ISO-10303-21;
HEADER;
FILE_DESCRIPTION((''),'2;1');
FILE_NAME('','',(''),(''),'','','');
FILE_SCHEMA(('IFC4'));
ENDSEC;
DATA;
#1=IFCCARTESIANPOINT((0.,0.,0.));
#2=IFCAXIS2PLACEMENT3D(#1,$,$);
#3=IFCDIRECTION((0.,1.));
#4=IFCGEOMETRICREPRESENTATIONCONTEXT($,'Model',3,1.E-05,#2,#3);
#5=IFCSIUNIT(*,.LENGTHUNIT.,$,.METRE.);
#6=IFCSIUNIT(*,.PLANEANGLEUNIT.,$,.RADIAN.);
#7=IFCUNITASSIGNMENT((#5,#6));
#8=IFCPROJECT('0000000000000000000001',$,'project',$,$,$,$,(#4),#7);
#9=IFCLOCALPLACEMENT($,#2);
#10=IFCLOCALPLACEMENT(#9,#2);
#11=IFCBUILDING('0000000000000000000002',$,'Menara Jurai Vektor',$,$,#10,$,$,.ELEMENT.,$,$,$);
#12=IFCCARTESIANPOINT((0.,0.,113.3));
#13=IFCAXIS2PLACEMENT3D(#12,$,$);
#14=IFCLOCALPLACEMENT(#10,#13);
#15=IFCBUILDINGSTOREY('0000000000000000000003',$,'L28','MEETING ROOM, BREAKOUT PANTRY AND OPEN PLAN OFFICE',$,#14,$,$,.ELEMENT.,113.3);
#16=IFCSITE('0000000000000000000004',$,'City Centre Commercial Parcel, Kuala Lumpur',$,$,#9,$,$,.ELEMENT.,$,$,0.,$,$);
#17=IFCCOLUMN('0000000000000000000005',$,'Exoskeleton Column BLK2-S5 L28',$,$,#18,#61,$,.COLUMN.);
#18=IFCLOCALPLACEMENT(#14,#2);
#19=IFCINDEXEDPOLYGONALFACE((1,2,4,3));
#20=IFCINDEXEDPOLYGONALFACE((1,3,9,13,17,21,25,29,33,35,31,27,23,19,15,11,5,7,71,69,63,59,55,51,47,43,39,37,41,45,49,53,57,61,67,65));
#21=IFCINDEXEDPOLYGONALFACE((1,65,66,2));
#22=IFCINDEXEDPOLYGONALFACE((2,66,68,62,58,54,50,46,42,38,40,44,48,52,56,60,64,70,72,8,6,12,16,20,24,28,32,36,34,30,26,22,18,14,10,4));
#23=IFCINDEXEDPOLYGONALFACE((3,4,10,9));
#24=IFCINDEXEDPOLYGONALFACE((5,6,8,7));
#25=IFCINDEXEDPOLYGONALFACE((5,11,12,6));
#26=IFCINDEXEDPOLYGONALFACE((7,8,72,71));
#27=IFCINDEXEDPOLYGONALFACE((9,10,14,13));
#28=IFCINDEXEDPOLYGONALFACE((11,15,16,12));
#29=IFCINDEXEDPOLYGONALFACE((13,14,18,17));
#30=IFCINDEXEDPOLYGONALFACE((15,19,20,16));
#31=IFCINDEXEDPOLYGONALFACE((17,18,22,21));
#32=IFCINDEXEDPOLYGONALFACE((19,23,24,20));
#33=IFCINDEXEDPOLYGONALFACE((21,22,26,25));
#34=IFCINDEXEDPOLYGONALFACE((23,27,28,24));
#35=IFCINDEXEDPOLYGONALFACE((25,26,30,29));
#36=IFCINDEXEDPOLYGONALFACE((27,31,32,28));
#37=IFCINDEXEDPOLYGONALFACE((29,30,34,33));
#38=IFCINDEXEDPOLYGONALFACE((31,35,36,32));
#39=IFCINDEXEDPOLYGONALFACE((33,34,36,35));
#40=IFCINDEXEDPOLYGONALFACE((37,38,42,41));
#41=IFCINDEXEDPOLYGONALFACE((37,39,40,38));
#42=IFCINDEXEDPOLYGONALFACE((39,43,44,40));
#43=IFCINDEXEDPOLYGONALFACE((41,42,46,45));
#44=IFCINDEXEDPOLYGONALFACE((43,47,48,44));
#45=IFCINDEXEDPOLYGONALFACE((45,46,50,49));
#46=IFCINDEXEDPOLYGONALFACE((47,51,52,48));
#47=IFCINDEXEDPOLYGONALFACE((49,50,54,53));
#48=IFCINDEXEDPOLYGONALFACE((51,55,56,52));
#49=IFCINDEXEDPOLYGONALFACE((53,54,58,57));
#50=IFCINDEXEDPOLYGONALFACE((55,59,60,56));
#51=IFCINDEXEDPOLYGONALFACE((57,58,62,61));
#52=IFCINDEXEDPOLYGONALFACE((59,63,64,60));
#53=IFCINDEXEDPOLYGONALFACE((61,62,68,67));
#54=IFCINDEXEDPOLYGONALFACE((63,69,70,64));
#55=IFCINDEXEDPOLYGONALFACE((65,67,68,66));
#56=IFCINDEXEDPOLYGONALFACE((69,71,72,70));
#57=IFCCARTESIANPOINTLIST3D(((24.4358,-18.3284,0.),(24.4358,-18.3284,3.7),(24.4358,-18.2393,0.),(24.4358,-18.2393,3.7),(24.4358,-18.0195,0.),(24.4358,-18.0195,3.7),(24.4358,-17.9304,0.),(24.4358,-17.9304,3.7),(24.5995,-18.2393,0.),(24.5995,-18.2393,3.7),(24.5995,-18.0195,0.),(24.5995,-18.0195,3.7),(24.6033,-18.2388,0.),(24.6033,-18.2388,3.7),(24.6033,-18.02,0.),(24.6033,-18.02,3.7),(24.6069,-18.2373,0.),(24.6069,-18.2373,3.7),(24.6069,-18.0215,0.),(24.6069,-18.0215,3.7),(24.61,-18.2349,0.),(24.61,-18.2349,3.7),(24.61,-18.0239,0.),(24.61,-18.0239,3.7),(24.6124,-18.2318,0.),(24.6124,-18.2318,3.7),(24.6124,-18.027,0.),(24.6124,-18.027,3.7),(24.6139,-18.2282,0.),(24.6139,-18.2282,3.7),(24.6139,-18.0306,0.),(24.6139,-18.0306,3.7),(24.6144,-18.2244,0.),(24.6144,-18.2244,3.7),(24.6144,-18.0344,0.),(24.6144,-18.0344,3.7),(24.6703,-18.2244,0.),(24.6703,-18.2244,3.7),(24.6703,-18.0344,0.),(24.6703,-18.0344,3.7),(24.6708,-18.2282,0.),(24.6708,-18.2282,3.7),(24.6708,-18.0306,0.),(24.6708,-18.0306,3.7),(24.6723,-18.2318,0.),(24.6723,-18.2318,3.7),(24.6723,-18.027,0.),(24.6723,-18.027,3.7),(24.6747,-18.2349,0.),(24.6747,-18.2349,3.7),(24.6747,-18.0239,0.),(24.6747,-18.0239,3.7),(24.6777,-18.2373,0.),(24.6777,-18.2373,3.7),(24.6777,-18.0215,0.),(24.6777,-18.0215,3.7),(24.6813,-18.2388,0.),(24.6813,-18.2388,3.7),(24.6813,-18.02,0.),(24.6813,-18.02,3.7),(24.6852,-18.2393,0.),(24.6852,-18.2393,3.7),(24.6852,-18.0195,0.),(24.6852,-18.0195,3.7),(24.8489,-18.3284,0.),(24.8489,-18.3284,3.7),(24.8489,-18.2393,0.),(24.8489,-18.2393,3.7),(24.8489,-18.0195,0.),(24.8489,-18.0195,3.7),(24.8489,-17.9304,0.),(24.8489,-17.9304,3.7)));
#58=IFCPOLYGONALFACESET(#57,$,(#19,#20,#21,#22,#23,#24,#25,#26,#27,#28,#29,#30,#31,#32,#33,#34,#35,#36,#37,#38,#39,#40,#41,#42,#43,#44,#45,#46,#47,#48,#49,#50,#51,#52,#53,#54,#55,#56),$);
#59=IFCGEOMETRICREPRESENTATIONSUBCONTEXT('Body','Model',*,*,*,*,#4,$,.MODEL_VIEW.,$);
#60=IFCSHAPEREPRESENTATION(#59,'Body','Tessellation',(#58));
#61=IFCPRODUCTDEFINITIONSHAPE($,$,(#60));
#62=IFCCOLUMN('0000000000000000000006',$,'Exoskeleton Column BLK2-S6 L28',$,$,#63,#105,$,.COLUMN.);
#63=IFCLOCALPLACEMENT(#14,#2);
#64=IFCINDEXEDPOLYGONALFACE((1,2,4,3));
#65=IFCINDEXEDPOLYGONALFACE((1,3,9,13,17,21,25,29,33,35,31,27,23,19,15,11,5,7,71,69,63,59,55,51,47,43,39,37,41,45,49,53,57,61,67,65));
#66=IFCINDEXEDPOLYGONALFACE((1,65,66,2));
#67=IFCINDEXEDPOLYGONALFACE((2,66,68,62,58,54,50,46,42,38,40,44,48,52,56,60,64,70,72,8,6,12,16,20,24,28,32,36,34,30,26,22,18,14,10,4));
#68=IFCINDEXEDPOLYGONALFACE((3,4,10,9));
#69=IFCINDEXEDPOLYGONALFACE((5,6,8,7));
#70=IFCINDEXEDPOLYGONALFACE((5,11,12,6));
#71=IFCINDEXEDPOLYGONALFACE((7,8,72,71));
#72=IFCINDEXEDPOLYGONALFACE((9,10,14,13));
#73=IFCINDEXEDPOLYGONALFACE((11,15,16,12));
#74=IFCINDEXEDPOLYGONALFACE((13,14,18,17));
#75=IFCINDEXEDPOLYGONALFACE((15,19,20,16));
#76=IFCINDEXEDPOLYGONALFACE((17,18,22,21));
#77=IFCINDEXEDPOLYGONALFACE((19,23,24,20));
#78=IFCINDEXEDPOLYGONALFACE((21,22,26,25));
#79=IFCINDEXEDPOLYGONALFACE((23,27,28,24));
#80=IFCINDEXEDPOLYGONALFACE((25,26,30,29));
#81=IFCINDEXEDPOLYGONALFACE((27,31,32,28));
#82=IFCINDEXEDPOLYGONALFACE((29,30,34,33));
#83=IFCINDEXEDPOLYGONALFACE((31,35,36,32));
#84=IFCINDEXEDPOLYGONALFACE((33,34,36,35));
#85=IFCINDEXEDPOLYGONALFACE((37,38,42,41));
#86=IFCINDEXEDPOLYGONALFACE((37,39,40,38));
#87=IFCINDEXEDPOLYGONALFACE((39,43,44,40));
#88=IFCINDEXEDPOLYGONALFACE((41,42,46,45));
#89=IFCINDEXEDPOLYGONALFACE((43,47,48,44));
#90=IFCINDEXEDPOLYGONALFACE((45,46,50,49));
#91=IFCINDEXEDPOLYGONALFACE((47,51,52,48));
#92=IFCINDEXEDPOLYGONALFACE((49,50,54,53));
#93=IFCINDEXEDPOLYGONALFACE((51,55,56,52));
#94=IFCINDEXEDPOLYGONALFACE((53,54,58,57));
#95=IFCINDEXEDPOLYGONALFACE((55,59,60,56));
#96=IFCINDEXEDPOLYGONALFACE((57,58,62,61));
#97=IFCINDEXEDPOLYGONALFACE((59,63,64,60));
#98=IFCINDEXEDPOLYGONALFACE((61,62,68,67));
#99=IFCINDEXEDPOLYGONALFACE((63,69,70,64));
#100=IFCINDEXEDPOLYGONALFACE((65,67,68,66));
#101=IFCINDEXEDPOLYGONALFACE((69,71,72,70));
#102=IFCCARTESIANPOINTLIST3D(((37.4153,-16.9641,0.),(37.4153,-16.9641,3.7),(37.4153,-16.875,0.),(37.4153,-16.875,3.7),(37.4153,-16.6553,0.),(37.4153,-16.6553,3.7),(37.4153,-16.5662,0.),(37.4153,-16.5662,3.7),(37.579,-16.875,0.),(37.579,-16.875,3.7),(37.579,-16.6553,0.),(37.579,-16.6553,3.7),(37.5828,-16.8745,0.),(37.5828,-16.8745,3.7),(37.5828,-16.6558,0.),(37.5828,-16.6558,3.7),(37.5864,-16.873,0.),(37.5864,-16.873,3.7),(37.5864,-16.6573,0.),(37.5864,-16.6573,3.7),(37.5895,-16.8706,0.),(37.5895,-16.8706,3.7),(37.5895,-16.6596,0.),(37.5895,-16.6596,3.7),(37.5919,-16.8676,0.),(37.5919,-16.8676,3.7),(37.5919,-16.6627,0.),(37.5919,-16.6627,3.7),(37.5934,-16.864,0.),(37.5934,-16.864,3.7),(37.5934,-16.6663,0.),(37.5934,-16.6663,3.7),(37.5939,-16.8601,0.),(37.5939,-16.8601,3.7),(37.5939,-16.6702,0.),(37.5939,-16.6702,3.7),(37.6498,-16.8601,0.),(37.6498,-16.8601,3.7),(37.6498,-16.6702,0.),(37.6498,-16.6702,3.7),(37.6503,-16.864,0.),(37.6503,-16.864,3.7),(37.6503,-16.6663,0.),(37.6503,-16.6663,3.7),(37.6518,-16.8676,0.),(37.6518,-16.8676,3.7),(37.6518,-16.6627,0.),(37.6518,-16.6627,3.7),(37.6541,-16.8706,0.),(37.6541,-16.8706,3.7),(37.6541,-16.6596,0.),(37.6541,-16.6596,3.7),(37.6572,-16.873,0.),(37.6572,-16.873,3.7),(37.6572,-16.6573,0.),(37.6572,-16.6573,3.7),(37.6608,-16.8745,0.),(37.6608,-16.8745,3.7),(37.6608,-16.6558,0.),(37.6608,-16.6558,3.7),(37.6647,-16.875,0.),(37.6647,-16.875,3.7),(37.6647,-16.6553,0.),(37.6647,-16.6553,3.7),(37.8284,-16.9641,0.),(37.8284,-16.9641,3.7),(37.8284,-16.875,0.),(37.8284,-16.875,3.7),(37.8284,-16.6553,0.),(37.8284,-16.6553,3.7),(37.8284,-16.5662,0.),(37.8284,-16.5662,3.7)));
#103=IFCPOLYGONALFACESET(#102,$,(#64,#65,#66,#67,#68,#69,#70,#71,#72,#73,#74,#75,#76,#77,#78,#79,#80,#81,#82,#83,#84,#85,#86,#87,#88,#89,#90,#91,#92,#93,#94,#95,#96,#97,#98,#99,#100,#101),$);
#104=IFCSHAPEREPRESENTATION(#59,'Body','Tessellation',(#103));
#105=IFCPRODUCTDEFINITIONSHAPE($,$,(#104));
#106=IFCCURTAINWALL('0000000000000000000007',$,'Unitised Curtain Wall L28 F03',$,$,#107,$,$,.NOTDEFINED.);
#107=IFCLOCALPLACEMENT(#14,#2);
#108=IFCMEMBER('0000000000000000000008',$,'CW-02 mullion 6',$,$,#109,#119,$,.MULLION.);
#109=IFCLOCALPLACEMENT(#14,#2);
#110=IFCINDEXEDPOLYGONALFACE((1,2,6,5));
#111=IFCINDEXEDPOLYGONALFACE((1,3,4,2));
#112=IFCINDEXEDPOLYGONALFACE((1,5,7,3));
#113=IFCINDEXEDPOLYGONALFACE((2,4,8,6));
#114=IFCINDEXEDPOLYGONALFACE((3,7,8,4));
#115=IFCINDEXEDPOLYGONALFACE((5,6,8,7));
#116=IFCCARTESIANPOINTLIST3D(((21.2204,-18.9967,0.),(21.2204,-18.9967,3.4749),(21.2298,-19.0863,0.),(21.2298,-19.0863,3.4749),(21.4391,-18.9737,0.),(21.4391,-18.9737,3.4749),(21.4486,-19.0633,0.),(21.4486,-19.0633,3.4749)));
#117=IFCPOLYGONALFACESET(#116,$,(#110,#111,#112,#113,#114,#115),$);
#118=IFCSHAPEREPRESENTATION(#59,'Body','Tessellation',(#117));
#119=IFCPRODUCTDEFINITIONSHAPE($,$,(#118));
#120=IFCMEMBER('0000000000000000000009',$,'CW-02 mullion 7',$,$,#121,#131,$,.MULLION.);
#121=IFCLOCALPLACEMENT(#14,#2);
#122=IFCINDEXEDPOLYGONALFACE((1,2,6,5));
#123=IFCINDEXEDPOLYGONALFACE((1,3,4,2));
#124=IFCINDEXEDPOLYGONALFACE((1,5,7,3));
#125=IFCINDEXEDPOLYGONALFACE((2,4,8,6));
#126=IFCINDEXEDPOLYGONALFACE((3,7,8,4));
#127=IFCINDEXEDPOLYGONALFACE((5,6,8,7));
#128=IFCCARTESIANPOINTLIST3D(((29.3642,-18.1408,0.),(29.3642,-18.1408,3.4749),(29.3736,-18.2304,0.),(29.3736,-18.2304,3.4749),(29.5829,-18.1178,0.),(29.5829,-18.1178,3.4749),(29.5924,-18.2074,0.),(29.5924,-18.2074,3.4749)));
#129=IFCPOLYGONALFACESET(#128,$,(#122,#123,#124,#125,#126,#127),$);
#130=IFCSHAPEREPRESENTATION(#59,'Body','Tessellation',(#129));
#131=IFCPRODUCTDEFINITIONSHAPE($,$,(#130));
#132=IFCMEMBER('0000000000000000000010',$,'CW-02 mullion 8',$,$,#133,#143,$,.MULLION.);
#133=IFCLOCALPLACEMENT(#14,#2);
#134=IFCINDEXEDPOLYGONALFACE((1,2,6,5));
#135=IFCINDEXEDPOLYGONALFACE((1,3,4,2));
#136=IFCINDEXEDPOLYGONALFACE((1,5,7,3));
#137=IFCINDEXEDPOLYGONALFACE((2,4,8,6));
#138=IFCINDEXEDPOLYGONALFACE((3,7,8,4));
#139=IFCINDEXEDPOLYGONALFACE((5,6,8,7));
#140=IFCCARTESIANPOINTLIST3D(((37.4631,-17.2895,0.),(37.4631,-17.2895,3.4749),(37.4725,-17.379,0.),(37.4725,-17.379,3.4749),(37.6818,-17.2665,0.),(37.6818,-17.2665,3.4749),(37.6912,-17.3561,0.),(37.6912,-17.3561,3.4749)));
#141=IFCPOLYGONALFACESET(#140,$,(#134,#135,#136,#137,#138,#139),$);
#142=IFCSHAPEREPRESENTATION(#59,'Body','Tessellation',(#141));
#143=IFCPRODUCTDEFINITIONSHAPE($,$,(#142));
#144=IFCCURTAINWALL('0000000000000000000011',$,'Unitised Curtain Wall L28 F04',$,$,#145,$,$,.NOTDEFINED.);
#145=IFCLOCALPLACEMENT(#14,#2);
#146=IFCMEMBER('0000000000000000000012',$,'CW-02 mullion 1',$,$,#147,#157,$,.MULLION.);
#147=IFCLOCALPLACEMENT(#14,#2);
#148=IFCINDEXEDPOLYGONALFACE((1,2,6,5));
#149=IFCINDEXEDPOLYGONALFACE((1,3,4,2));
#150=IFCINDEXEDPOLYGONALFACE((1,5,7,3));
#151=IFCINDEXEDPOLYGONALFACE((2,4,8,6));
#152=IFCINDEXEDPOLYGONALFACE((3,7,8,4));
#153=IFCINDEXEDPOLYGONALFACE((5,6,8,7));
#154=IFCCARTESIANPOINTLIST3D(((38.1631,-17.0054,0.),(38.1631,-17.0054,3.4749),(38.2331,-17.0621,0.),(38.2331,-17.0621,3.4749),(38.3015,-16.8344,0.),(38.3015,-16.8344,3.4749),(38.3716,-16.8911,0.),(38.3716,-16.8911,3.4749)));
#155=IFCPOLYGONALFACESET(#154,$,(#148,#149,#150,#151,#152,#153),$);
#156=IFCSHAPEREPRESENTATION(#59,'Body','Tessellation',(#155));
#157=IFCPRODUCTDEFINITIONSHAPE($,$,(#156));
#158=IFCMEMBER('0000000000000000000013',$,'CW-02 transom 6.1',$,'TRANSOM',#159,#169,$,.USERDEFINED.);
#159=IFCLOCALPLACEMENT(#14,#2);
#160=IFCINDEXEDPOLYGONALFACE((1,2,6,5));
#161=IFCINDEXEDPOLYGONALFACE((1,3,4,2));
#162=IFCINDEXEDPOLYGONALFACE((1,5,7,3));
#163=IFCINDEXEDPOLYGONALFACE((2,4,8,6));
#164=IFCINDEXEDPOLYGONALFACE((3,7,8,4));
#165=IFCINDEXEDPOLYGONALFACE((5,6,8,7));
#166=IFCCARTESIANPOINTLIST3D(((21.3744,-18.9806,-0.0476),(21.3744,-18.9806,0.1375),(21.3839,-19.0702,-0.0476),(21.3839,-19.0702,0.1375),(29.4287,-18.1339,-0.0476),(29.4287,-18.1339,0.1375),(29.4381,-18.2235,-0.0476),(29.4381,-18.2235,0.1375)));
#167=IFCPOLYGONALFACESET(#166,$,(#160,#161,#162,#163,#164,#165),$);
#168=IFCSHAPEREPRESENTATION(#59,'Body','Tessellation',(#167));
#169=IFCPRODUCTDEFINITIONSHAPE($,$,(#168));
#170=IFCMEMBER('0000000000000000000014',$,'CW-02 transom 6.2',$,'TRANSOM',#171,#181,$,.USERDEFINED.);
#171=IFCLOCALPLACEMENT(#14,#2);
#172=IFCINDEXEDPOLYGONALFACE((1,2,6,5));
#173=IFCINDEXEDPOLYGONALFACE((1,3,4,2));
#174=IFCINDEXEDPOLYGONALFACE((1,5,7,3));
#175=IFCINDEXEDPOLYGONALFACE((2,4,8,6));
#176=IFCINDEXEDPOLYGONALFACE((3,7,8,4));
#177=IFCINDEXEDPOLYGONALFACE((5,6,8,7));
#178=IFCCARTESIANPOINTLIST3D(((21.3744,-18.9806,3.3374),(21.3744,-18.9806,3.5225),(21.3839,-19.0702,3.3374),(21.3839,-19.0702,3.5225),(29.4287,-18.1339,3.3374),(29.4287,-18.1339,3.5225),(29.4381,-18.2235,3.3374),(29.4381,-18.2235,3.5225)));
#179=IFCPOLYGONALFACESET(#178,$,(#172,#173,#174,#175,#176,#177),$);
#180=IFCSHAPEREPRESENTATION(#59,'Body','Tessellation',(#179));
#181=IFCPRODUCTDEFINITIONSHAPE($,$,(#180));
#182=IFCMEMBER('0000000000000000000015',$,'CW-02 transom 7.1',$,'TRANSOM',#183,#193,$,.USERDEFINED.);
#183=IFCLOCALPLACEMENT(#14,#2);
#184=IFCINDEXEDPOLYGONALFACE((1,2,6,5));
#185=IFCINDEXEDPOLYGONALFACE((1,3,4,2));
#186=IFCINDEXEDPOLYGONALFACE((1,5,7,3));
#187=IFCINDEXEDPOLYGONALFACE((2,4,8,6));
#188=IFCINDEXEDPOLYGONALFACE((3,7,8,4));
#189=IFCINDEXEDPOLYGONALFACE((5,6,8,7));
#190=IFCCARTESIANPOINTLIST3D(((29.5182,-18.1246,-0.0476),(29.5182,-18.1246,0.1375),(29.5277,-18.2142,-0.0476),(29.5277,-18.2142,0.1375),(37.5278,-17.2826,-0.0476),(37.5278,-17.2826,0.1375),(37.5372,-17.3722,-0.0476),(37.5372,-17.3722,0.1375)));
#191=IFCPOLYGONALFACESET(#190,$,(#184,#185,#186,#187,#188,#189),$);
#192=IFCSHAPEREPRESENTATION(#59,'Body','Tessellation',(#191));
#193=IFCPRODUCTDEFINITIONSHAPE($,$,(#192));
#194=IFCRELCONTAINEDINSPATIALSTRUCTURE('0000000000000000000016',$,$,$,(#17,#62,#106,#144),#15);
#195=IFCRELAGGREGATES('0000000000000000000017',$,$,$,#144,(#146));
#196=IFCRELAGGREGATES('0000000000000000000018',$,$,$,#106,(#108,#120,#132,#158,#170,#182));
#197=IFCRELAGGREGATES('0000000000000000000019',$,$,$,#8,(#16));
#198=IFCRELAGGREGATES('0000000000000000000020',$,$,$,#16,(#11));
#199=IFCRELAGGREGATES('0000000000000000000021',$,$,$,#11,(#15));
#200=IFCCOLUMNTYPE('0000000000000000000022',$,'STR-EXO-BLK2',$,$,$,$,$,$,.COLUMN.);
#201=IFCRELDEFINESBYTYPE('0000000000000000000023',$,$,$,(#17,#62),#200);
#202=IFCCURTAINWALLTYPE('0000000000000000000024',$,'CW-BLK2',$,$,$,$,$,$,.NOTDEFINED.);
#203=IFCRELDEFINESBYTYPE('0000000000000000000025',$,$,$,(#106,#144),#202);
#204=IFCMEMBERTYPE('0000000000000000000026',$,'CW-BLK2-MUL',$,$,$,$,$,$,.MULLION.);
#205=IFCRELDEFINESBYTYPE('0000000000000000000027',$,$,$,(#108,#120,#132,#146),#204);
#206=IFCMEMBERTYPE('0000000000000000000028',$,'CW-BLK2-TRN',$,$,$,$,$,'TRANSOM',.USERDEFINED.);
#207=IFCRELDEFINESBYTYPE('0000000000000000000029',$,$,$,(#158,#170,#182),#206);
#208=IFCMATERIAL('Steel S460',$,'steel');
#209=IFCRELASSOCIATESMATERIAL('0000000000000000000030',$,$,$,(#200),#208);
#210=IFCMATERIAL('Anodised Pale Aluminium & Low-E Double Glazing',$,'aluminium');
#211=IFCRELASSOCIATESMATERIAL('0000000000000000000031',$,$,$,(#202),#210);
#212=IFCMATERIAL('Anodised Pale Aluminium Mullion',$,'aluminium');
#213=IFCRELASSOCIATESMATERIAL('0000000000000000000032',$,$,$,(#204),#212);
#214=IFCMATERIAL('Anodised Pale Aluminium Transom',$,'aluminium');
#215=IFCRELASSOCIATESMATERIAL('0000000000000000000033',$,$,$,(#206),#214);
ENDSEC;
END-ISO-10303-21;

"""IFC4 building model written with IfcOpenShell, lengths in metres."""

from ifc_helpers import new_model, si_unit, direction, frame, origin, origin_2d, place, context, subcontext, project, spatial, rectangle, i_section, extrude, material, material_profile, profile_set, type_object, element, aggregate, save


model = new_model("IFC4")

# Units and contexts
model_context = context("Model", 3, precision=1e-05, world=origin(), true_north=direction((0.0, 1.0)))
body_context = subcontext(model_context, "Body", "Model", "MODEL_VIEW")
ifc_project = project(units=[si_unit("LENGTHUNIT", "METRE"), si_unit("PLANEANGLEUNIT", "RADIAN")], contexts=[model_context])

# Site, building, storey
site_placement = place(None, origin())
site = spatial("IfcSite", under=ifc_project, at=site_placement, Name="City Centre Commercial Parcel, Kuala Lumpur", CompositionType="ELEMENT", RefElevation=0.0)
building_placement = place(site_placement, origin())
building = spatial("IfcBuilding", under=site, at=building_placement, Name="Menara Jurai Vektor", CompositionType="ELEMENT")
storey_placement = place(building_placement, frame((0.0, 0.0, 113.3)))
storey = spatial("IfcBuildingStorey", under=building, at=storey_placement, Name="L28", Description="MEETING ROOM, BREAKOUT PANTRY AND OPEN PLAN OFFICE", CompositionType="ELEMENT", Elevation=113.3)

# Columns
ifc_material_1 = material(Name="Steel S460", Category="steel")
ifc_material_profile_1 = material_profile(ifc_material_1, i_section(OverallWidth=0.4131, OverallDepth=0.3979, WebThickness=0.0559, FlangeThickness=0.0891, FilletRadius=0.0149, at=origin_2d()), Name="HD 400x744")
ifc_profile_set_1 = profile_set([ifc_material_profile_1], Name="Steel S460")
column_type = type_object("IfcColumnType", Name="STR-EXO-BLK2", PredefinedType="COLUMN", material=ifc_profile_set_1)
for number, where, z_axis, x_axis, name in (
    (1, (24.6423, -18.1294, 0.0), (0.0, 0.0, 1.0), (1.0, 0.0, 0.0), "Exoskeleton Column BLK2-S5 L28"),
    (2, (37.6218, -16.7651, 0.0), (0.0, 0.0, 1.0), (1.0, 0.0, 0.0), "Exoskeleton Column BLK2-S6 L28"),
):
    element("IfcColumn", number, at=place(storey_placement, frame(where, z_axis=z_axis, x_axis=x_axis)), inside=storey, type_object=column_type, Name=name, PredefinedType="COLUMN", context=body_context, shape_type="SweptSolid", body=[
        extrude(i_section(OverallWidth=0.4131, OverallDepth=0.3979, WebThickness=0.0559, FlangeThickness=0.0891, FilletRadius=0.0149, at=origin_2d()), origin(), (0.0, 0.0, 1.0), 3.7),
    ])

# Curtain wall, members
ifc_material_2 = material(Name="Anodised Pale Aluminium & Low-E Double Glazing", Category="aluminium")
curtain_wall_type = type_object("IfcCurtainWallType", Name="CW-BLK2", PredefinedType="NOTDEFINED", material=ifc_material_2)
curtain_wall_1_placement = place(storey_placement, origin())
curtain_wall_1 = element("IfcCurtainWall", 3, at=curtain_wall_1_placement, inside=storey, type_object=curtain_wall_type, Name="Unitised Curtain Wall L28 F03", PredefinedType="NOTDEFINED")
ifc_material_3 = material(Name="Anodised Pale Aluminium Mullion", Category="aluminium")
ifc_material_profile_2 = material_profile(ifc_material_3, rectangle(XDim=0.0901, YDim=0.22, at=origin_2d()), Name="ALU MUL 90x220")
ifc_profile_set_2 = profile_set([ifc_material_profile_2], Name="Anodised Pale Aluminium Mullion")
member_type_1 = type_object("IfcMemberType", Name="CW-BLK2-MUL", PredefinedType="MULLION", material=ifc_profile_set_2)
member_1_placement = place(storey_placement, frame((21.3345, -19.03, 0.0), z_axis=(0.0, 0.0, 1.0), x_axis=(-0.104529, 0.994522, 0.0)))
member_1 = element("IfcMember", 4, at=member_1_placement, type_object=member_type_1, Name="CW-02 mullion 6", PredefinedType="MULLION", context=body_context, shape_type="SweptSolid", body=[
    extrude(rectangle(XDim=0.0901, YDim=0.22, at=origin_2d()), origin(), (0.0, 0.0, 1.0), 3.4749),
])
member_2_placement = place(storey_placement, frame((29.4783, -18.1741, 0.0), z_axis=(0.0, 0.0, 1.0), x_axis=(-0.104529, 0.994522, 0.0)))
member_2 = element("IfcMember", 5, at=member_2_placement, type_object=member_type_1, Name="CW-02 mullion 7", PredefinedType="MULLION", context=body_context, shape_type="SweptSolid", body=[
    extrude(rectangle(XDim=0.0901, YDim=0.22, at=origin_2d()), origin(), (0.0, 0.0, 1.0), 3.4749),
])
member_3_placement = place(storey_placement, frame((37.5771, -17.3228, 0.0), z_axis=(0.0, 0.0, 1.0), x_axis=(-0.104529, 0.994522, 0.0)))
member_3 = element("IfcMember", 6, at=member_3_placement, type_object=member_type_1, Name="CW-02 mullion 8", PredefinedType="MULLION", context=body_context, shape_type="SweptSolid", body=[
    extrude(rectangle(XDim=0.0901, YDim=0.22, at=origin_2d()), origin(), (0.0, 0.0, 1.0), 3.4749),
])

# Curtain wall, member
curtain_wall_2_placement = place(storey_placement, origin())
curtain_wall_2 = element("IfcCurtainWall", 7, at=curtain_wall_2_placement, inside=storey, type_object=curtain_wall_type, Name="Unitised Curtain Wall L28 F04", PredefinedType="NOTDEFINED")
member_4_placement = place(storey_placement, frame((38.2673, -16.9482, 0.0), z_axis=(0.0, 0.0, 1.0), x_axis=(-0.777129, 0.629341, 0.0)))
member_4 = element("IfcMember", 8, at=member_4_placement, type_object=member_type_1, Name="CW-02 mullion 1", PredefinedType="MULLION", context=body_context, shape_type="SweptSolid", body=[
    extrude(rectangle(XDim=0.0901, YDim=0.22, at=origin_2d()), origin(), (0.0, 0.0, 1.0), 3.4749),
])
aggregate(curtain_wall_2, [member_4])

# Members
ifc_material_4 = material(Name="Anodised Pale Aluminium Transom", Category="aluminium")
ifc_material_profile_3 = material_profile(ifc_material_4, rectangle(XDim=0.0901, YDim=0.1851, at=origin_2d()), Name="ALU TRN 90x185")
ifc_profile_set_3 = profile_set([ifc_material_profile_3], Name="Anodised Pale Aluminium Transom")
member_type_2 = type_object("IfcMemberType", Name="CW-BLK2-TRN", ElementType="TRANSOM", PredefinedType="USERDEFINED", material=ifc_profile_set_3)
member_5_placement = place(storey_placement, frame((21.3792, -19.0254, 0.0449), z_axis=(0.99452, 0.104547, 0.0), x_axis=(-0.104547, 0.99452, 0.0)))
member_5 = element("IfcMember", 9, at=member_5_placement, type_object=member_type_2, Name="CW-02 transom 6.1", ObjectType="TRANSOM", PredefinedType="USERDEFINED", context=body_context, shape_type="SweptSolid", body=[
    extrude(rectangle(XDim=0.0901, YDim=0.1851, at=origin_2d()), origin(), (0.0, 0.0, 1.0), 8.0986),
])
member_6_placement = place(storey_placement, frame((21.3792, -19.0254, 3.4299), z_axis=(0.99452, 0.104547, 0.0), x_axis=(-0.104547, 0.99452, 0.0)))
member_6 = element("IfcMember", 10, at=member_6_placement, type_object=member_type_2, Name="CW-02 transom 6.2", ObjectType="TRANSOM", PredefinedType="USERDEFINED", context=body_context, shape_type="SweptSolid", body=[
    extrude(rectangle(XDim=0.0901, YDim=0.1851, at=origin_2d()), origin(), (0.0, 0.0, 1.0), 8.0986),
])
member_7_placement = place(storey_placement, frame((29.5229, -18.1694, 0.0449), z_axis=(0.994519, 0.104554, 0.0), x_axis=(-0.104554, 0.994519, 0.0)))
member_7 = element("IfcMember", 11, at=member_7_placement, type_object=member_type_2, Name="CW-02 transom 7.1", ObjectType="TRANSOM", PredefinedType="USERDEFINED", context=body_context, shape_type="SweptSolid", body=[
    extrude(rectangle(XDim=0.0901, YDim=0.1851, at=origin_2d()), origin(), (0.0, 0.0, 1.0), 8.0537),
])

aggregate(curtain_wall_1, [member_1, member_2, member_3, member_5, member_6, member_7])

save(model, "model.ifc")
